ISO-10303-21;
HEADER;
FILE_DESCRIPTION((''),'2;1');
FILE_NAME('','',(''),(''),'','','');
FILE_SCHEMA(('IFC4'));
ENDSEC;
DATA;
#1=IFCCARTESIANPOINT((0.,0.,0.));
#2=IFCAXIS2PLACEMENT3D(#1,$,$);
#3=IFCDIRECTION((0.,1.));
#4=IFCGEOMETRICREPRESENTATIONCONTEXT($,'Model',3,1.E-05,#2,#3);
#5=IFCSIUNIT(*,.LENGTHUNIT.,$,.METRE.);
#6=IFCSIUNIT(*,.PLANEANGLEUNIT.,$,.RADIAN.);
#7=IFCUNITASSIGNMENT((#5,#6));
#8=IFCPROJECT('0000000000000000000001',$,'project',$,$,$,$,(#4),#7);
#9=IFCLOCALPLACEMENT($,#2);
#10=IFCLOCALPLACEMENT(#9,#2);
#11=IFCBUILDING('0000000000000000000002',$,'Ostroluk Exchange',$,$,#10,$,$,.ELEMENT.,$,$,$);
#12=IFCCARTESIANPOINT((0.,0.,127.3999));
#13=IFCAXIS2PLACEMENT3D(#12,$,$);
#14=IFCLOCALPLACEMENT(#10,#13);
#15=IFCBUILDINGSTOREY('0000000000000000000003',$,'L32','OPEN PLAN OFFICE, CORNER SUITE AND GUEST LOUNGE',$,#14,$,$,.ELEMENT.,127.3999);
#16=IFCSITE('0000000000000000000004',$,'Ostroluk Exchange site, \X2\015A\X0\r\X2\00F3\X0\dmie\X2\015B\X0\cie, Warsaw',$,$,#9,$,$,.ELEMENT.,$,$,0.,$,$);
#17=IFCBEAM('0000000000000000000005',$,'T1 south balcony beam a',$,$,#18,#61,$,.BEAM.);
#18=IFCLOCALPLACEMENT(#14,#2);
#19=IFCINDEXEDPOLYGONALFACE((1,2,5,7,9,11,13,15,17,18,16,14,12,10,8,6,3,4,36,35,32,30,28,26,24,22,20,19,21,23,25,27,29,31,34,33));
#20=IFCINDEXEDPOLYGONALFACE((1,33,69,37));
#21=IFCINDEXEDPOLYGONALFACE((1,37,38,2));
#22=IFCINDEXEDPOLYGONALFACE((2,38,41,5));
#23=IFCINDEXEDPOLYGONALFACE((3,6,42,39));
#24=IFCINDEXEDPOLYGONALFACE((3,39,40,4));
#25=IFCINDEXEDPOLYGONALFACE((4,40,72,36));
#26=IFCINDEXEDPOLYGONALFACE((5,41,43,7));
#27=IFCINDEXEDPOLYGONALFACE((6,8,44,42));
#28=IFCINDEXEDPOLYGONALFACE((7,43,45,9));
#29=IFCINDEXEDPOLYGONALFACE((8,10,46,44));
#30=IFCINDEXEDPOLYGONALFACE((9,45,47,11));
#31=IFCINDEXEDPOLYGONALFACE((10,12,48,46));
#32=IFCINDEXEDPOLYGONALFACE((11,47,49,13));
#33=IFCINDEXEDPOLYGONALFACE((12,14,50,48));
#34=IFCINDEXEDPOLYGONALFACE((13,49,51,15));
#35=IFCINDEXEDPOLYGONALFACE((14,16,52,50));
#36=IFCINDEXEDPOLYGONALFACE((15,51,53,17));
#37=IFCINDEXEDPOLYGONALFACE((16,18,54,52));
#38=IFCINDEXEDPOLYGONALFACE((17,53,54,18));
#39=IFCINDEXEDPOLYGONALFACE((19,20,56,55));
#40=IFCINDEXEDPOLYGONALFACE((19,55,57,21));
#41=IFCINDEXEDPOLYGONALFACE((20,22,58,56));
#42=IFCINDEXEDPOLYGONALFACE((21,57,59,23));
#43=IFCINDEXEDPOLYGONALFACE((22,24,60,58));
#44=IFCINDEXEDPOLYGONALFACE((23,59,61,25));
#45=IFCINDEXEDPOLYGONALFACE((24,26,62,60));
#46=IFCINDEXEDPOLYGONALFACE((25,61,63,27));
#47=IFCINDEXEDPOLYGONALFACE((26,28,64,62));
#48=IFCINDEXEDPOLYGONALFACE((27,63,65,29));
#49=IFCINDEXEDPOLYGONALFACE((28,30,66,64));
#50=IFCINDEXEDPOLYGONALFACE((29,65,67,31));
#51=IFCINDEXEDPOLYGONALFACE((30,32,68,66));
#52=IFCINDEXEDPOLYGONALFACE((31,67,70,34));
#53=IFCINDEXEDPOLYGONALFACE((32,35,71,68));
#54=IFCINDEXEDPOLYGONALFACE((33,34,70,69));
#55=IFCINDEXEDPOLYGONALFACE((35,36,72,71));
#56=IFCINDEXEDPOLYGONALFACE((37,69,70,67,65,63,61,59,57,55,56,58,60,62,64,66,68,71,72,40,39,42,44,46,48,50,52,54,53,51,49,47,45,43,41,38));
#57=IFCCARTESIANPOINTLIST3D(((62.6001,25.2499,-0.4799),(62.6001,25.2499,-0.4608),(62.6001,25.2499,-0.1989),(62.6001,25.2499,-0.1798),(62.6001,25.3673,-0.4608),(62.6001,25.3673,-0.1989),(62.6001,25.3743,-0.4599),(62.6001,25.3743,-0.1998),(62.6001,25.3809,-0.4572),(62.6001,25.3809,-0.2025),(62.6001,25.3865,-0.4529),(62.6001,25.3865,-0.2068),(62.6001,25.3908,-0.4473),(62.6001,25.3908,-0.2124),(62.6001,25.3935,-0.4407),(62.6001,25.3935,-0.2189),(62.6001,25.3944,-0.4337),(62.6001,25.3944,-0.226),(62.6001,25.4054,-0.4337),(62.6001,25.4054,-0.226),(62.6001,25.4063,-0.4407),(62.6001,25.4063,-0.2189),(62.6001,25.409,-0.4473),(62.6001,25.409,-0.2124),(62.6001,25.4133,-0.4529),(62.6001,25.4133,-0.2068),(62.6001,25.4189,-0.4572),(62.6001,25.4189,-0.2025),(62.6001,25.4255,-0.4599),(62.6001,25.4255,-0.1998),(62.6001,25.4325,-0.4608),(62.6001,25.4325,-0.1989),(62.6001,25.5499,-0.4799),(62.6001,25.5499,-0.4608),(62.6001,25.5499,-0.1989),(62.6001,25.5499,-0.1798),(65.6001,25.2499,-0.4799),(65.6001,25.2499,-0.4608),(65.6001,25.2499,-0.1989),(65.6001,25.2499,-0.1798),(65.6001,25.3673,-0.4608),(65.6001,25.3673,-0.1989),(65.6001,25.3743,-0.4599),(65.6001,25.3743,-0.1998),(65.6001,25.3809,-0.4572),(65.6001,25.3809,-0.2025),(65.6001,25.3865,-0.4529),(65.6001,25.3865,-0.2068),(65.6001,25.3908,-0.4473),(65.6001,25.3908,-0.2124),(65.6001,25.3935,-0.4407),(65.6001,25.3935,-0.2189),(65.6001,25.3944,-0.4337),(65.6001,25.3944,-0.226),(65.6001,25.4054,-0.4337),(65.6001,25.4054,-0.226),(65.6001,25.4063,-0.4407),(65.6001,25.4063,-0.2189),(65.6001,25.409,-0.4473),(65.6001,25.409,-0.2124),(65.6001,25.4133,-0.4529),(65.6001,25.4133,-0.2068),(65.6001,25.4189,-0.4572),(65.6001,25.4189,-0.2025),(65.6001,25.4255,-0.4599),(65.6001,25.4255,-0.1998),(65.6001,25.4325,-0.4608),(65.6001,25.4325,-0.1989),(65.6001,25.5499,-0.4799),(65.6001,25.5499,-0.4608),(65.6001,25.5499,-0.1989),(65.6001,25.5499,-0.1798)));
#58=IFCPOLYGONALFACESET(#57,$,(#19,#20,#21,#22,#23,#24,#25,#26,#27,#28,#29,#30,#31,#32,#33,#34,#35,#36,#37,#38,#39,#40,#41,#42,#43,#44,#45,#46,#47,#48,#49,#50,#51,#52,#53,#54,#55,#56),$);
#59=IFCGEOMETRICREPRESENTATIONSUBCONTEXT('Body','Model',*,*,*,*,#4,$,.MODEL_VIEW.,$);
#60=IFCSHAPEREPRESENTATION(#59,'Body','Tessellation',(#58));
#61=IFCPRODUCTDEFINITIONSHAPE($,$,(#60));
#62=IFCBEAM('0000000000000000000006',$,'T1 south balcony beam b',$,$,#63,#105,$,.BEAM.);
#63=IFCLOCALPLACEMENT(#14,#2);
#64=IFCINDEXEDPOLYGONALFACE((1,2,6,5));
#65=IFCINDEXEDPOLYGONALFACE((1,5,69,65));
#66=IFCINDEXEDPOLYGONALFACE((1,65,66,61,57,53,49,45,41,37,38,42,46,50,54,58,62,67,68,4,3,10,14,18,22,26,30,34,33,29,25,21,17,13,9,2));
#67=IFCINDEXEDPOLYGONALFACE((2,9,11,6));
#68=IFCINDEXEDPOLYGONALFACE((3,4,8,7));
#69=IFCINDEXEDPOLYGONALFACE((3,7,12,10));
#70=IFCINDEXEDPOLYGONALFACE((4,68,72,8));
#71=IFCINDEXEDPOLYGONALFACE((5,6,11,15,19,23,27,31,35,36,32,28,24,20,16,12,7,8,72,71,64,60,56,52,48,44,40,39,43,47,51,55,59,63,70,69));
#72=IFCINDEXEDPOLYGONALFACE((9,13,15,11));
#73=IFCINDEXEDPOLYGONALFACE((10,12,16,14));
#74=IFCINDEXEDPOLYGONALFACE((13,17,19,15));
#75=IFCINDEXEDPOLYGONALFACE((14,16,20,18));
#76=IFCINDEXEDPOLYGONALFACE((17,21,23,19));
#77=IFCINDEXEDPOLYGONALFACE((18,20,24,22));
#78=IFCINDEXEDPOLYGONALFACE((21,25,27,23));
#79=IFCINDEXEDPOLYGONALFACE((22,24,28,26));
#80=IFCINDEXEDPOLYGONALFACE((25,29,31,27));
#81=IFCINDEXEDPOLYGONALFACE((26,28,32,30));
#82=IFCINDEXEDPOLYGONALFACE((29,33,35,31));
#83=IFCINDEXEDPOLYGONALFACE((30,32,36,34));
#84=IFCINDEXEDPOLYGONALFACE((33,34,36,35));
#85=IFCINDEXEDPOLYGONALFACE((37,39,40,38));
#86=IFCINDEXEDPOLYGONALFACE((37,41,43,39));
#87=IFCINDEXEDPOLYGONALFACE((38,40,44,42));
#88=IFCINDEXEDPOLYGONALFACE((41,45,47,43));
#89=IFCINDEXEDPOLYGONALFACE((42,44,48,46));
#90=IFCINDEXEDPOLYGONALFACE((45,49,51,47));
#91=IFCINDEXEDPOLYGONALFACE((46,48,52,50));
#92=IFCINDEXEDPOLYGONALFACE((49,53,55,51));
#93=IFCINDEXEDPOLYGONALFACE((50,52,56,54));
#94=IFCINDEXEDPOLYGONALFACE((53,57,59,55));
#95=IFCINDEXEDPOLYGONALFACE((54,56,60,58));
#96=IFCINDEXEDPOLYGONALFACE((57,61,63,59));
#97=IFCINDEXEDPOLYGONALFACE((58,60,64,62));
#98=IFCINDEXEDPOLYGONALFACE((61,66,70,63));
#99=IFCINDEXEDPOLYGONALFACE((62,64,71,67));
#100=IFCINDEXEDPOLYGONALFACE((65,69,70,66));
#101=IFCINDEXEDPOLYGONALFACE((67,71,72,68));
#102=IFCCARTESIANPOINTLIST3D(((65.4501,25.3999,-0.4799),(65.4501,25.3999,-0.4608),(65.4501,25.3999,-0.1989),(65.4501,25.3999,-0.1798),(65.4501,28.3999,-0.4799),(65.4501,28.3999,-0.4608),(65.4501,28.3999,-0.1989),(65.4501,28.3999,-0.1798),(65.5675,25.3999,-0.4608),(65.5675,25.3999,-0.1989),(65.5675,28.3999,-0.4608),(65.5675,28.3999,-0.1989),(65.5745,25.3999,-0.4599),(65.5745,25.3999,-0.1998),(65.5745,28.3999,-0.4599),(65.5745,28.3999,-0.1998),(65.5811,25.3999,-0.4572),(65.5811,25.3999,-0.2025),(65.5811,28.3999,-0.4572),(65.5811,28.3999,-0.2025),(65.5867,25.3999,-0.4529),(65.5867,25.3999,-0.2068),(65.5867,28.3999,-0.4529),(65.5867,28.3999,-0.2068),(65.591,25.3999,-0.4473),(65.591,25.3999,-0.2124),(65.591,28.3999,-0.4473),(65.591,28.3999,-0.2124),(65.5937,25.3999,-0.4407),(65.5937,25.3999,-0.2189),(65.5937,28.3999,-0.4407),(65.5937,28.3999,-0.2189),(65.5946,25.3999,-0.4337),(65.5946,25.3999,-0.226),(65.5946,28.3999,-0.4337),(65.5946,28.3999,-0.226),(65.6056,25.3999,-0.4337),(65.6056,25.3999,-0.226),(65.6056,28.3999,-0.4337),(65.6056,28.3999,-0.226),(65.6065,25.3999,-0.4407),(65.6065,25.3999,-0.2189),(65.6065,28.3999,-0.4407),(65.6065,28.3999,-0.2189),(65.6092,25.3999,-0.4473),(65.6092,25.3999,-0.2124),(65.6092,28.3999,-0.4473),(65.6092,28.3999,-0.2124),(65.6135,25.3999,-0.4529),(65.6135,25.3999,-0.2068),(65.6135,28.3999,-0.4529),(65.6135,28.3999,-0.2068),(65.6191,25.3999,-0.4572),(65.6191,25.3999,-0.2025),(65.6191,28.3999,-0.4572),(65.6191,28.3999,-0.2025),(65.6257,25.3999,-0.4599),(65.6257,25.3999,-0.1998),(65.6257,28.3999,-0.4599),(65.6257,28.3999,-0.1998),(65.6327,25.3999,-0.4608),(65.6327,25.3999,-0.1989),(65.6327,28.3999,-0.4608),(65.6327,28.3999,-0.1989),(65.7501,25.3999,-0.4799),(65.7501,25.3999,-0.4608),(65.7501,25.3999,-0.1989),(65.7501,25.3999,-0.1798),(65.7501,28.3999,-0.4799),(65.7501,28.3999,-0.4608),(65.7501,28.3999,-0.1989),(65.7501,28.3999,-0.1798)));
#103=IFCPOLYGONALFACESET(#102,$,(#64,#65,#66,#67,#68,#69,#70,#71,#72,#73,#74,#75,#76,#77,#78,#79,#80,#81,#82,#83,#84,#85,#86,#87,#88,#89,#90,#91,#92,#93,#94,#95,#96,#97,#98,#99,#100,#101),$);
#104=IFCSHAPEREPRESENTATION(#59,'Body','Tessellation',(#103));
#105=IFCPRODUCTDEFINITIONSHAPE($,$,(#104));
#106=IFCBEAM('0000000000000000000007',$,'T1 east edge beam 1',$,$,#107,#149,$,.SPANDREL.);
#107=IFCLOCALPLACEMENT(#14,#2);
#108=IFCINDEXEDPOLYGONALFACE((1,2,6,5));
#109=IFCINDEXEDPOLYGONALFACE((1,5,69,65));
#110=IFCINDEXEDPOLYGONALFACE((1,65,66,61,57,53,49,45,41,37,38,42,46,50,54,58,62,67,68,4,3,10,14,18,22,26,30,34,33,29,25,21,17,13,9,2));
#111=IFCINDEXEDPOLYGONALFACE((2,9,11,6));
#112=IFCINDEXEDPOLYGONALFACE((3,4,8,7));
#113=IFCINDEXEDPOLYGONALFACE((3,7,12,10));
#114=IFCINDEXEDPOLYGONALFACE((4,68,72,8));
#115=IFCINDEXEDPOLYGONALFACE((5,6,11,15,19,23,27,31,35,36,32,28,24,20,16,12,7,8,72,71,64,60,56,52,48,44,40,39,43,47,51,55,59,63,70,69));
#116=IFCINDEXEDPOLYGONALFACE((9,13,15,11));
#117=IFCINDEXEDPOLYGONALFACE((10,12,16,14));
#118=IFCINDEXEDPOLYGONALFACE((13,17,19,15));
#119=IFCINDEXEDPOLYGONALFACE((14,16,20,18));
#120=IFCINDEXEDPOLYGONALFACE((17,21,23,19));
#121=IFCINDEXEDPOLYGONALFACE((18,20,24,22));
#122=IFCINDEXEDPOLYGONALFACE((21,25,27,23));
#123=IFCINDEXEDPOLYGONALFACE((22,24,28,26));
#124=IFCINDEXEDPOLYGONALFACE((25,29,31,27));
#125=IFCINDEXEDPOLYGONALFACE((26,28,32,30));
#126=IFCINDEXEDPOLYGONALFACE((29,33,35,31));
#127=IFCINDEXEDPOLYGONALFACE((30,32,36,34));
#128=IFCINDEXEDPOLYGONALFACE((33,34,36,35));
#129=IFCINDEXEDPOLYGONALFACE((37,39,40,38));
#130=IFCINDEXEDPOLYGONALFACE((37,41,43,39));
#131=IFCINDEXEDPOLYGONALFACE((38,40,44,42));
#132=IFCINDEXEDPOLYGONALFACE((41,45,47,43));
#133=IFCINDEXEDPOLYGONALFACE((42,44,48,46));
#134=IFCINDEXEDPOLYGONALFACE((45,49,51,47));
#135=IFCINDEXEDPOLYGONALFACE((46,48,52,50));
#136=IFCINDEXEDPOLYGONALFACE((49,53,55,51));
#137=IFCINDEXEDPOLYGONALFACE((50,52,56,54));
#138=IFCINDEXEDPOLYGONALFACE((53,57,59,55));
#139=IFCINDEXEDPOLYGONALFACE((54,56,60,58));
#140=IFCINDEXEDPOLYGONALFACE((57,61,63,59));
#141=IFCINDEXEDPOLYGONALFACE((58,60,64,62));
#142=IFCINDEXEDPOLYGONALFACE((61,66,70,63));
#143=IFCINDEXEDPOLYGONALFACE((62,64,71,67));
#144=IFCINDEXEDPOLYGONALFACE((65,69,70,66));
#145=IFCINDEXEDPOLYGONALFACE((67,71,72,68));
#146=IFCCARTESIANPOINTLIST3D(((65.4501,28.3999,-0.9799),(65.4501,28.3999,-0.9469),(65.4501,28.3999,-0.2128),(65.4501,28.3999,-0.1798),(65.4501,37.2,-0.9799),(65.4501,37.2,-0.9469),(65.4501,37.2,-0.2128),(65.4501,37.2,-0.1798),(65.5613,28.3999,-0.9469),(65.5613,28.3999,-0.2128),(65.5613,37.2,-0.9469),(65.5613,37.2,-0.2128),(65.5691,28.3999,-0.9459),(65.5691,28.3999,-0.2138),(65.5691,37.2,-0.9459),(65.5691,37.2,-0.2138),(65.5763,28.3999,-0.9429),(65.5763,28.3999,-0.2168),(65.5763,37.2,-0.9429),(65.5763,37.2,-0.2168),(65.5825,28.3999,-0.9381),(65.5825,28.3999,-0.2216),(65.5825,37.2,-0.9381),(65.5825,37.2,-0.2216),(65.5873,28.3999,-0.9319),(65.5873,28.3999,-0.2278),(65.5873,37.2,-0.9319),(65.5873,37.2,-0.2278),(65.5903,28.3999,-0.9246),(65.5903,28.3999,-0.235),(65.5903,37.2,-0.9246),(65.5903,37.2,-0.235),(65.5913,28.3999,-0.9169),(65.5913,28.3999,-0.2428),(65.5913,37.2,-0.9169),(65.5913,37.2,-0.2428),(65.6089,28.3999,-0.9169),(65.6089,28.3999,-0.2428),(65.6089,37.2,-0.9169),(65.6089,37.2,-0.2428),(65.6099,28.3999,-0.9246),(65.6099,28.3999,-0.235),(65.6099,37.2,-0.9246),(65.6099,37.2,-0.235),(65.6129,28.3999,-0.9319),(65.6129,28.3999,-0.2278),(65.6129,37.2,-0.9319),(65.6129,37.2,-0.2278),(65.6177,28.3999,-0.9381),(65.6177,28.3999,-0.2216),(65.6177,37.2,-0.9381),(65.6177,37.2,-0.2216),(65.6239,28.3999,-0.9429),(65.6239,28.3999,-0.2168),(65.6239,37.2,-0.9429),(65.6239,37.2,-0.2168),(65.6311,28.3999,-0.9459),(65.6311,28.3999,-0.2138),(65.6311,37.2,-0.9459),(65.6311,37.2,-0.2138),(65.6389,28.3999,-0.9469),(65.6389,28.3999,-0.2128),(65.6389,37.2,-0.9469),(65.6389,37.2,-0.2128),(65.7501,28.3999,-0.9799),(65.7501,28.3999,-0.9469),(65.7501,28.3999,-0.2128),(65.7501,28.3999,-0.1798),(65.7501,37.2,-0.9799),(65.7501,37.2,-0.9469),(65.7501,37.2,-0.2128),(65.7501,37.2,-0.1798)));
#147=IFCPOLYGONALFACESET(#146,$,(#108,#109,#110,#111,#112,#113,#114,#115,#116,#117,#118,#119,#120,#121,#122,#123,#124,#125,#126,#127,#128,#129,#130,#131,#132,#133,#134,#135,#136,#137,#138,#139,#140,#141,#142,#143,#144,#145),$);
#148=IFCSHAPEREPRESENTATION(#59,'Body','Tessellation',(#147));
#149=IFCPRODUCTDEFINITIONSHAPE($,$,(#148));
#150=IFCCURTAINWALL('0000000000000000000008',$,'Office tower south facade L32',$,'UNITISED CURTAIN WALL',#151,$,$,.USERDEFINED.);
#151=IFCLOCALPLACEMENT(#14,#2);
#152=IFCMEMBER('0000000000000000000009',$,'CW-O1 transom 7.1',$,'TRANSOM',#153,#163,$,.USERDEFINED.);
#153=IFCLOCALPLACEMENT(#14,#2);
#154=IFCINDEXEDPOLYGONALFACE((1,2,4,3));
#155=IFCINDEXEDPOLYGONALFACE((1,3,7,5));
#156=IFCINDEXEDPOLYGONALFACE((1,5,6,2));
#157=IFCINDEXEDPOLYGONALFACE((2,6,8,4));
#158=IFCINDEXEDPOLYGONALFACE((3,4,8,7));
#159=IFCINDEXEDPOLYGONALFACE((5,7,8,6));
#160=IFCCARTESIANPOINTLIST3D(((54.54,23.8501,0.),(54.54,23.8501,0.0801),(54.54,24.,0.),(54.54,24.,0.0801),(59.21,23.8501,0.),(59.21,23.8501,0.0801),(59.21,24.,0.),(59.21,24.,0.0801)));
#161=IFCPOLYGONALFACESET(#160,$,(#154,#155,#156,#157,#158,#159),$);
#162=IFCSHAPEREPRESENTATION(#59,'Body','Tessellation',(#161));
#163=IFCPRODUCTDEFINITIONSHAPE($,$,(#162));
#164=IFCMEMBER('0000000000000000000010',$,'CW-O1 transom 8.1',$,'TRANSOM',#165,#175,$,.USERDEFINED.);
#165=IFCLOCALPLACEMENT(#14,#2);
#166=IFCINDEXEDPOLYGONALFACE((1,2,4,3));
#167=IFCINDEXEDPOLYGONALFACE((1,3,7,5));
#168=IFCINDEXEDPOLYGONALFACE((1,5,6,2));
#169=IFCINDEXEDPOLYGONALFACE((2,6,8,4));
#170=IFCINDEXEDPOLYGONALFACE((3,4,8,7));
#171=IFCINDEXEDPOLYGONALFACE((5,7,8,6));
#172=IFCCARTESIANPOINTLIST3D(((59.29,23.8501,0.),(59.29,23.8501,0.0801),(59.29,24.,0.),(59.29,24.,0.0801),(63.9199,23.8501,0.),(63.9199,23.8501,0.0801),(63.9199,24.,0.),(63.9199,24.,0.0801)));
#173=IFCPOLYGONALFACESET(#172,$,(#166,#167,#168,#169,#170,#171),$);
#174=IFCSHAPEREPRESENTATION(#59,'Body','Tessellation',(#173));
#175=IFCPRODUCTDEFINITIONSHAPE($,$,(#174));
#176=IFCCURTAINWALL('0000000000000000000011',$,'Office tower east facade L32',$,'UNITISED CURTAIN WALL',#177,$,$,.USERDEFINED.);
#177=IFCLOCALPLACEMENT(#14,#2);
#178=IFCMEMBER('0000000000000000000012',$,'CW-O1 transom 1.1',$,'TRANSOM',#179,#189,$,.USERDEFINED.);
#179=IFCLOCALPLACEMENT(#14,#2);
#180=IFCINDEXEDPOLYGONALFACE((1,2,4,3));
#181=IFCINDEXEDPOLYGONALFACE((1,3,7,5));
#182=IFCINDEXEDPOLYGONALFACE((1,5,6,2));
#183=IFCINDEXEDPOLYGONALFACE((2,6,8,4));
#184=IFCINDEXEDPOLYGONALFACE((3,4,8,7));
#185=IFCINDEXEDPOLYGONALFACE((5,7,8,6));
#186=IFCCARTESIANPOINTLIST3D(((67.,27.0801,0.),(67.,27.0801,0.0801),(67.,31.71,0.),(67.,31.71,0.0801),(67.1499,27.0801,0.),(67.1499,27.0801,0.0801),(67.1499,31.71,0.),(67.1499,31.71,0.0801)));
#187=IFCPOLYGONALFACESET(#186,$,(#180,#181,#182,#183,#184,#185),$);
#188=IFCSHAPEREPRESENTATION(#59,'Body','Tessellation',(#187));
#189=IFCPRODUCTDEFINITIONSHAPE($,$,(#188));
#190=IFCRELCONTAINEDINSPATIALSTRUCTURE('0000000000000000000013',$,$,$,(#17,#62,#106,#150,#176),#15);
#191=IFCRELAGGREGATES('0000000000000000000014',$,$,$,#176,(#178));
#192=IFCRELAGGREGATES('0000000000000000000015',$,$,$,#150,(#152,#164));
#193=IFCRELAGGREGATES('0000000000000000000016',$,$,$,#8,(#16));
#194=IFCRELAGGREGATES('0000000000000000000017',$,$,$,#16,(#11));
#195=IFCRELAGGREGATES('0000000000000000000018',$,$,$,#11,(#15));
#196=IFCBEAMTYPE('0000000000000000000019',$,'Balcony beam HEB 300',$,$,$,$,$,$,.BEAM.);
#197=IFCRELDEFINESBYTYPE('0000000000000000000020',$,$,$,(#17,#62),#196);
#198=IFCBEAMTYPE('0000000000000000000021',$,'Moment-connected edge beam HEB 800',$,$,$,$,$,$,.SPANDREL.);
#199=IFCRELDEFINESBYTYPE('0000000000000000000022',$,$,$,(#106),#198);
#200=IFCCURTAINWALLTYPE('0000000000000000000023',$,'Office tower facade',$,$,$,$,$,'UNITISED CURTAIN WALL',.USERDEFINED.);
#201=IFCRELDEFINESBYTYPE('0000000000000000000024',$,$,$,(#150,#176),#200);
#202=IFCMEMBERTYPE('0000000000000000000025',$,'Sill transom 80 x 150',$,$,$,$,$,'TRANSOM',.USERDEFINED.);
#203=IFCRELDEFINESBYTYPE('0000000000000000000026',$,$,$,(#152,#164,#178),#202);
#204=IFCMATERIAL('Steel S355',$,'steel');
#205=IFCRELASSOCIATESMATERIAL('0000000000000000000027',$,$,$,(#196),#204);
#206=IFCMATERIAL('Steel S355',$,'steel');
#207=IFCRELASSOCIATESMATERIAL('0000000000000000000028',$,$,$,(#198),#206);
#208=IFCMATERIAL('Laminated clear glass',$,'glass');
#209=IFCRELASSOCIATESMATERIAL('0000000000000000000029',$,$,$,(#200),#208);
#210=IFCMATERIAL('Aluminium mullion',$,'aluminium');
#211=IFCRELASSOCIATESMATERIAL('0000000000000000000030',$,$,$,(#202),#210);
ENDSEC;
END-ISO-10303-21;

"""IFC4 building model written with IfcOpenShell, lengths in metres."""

from ifc_helpers import new_model, si_unit, direction, frame, origin, origin_2d, place, context, subcontext, project, spatial, rectangle, i_section, extrude, material, material_profile, profile_set, type_object, element, aggregate, save


model = new_model("IFC4")

# Units and contexts
model_context = context("Model", 3, precision=1e-05, world=origin(), true_north=direction((0.0, 1.0)))
body_context = subcontext(model_context, "Body", "Model", "MODEL_VIEW")
ifc_project = project(units=[si_unit("LENGTHUNIT", "METRE"), si_unit("PLANEANGLEUNIT", "RADIAN")], contexts=[model_context])

# Site, building, storey
site_placement = place(None, origin())
site = spatial("IfcSite", under=ifc_project, at=site_placement, Name="Ostroluk Exchange site, Śródmieście, Warsaw", CompositionType="ELEMENT", RefElevation=0.0)
building_placement = place(site_placement, origin())
building = spatial("IfcBuilding", under=site, at=building_placement, Name="Ostroluk Exchange", CompositionType="ELEMENT")
storey_placement = place(building_placement, frame((0.0, 0.0, 127.3999)))
storey = spatial("IfcBuildingStorey", under=building, at=storey_placement, Name="L32", Description="OPEN PLAN OFFICE, CORNER SUITE AND GUEST LOUNGE", CompositionType="ELEMENT", Elevation=127.3999)

# Beams
ifc_material_1 = material(Name="Steel S355", Category="steel")
ifc_material_profile_1 = material_profile(ifc_material_1, i_section(OverallWidth=0.3, OverallDepth=0.3, WebThickness=0.011, FlangeThickness=0.019, FilletRadius=0.0271, at=origin_2d()), Name="HEB 300")
ifc_profile_set_1 = profile_set([ifc_material_profile_1], Name="Steel S355")
beam_type_1 = type_object("IfcBeamType", Name="Balcony beam HEB 300", PredefinedType="BEAM", material=ifc_profile_set_1)
for number, where, z_axis, x_axis, name in (
    (1, (62.6001, 25.3999, -0.3298), (1.0, 0.0, 0.0), (0.0, 1.0, 0.0), "T1 south balcony beam a"),
    (2, (65.6001, 28.3999, -0.3298), (0.0, -1.0, 0.0), (1.0, 0.0, 0.0), "T1 south balcony beam b"),
):
    element("IfcBeam", number, at=place(storey_placement, frame(where, z_axis=z_axis, x_axis=x_axis)), inside=storey, type_object=beam_type_1, Name=name, PredefinedType="BEAM", context=body_context, shape_type="SweptSolid", body=[
        extrude(i_section(OverallWidth=0.3, OverallDepth=0.3, WebThickness=0.011, FlangeThickness=0.019, FilletRadius=0.0271, at=origin_2d()), origin(), (0.0, 0.0, 1.0), 3.0),
    ])
ifc_material_2 = material(Name="Steel S355", Category="steel")
ifc_material_profile_2 = material_profile(ifc_material_2, i_section(OverallWidth=0.3, OverallDepth=0.8, WebThickness=0.0176, FlangeThickness=0.033, FilletRadius=0.03, at=origin_2d()), Name="HEB 800")
ifc_profile_set_2 = profile_set([ifc_material_profile_2], Name="Steel S355")
beam_type_2 = type_object("IfcBeamType", Name="Moment-connected edge beam HEB 800", PredefinedType="SPANDREL", material=ifc_profile_set_2)
beam_placement = place(storey_placement, frame((65.6001, 28.3999, -0.5798), z_axis=(0.0, 1.0, 0.0), x_axis=(-1.0, 0.0, 0.0)))
element("IfcBeam", 3, at=beam_placement, inside=storey, type_object=beam_type_2, Name="T1 east edge beam 1", PredefinedType="SPANDREL", context=body_context, shape_type="SweptSolid", body=[
    extrude(i_section(OverallWidth=0.3, OverallDepth=0.8, WebThickness=0.0176, FlangeThickness=0.033, FilletRadius=0.03, at=origin_2d()), origin(), (0.0, 0.0, 1.0), 8.8),
])

# Curtain wall, members
ifc_material_3 = material(Name="Laminated clear glass", Category="glass")
curtain_wall_type = type_object("IfcCurtainWallType", Name="Office tower facade", ElementType="UNITISED CURTAIN WALL", PredefinedType="USERDEFINED", material=ifc_material_3)
curtain_wall_1_placement = place(storey_placement, origin())
curtain_wall_1 = element("IfcCurtainWall", 4, at=curtain_wall_1_placement, inside=storey, type_object=curtain_wall_type, Name="Office tower south facade L32", ObjectType="UNITISED CURTAIN WALL", PredefinedType="USERDEFINED")
ifc_material_4 = material(Name="Aluminium mullion", Category="aluminium")
ifc_material_profile_3 = material_profile(ifc_material_4, rectangle(XDim=0.1499, YDim=0.0801, at=origin_2d()), Name="Sill transom 80 x 150")
ifc_profile_set_3 = profile_set([ifc_material_profile_3], Name="Aluminium mullion")
member_type_1 = type_object("IfcMemberType", Name="Sill transom 80 x 150", ElementType="TRANSOM", PredefinedType="USERDEFINED", material=ifc_profile_set_3)
member_1_placement = place(storey_placement, frame((54.54, 23.925, 0.04), z_axis=(1.0, 0.0, 0.0), x_axis=(0.0, 1.0, 0.0)))
member_1 = element("IfcMember", 5, at=member_1_placement, type_object=member_type_1, Name="CW-O1 transom 7.1", ObjectType="TRANSOM", PredefinedType="USERDEFINED", context=body_context, shape_type="SweptSolid", body=[
    extrude(rectangle(XDim=0.1499, YDim=0.0801, at=origin_2d()), origin(), (0.0, 0.0, 1.0), 4.6699),
])
member_2_placement = place(storey_placement, frame((59.29, 23.925, 0.04), z_axis=(1.0, 0.0, 0.0), x_axis=(0.0, 1.0, 0.0)))
member_2 = element("IfcMember", 6, at=member_2_placement, type_object=member_type_1, Name="CW-O1 transom 8.1", ObjectType="TRANSOM", PredefinedType="USERDEFINED", context=body_context, shape_type="SweptSolid", body=[
    extrude(rectangle(XDim=0.1499, YDim=0.0801, at=origin_2d()), origin(), (0.0, 0.0, 1.0), 4.6299),
])

# Curtain wall, member
curtain_wall_2_placement = place(storey_placement, origin())
curtain_wall_2 = element("IfcCurtainWall", 7, at=curtain_wall_2_placement, inside=storey, type_object=curtain_wall_type, Name="Office tower east facade L32", ObjectType="UNITISED CURTAIN WALL", PredefinedType="USERDEFINED")
member_3_placement = place(storey_placement, frame((67.075, 27.0801, 0.04), z_axis=(0.0, 1.0, 0.0), x_axis=(-1.0, 0.0, 0.0)))
member_3 = element("IfcMember", 8, at=member_3_placement, type_object=member_type_1, Name="CW-O1 transom 1.1", ObjectType="TRANSOM", PredefinedType="USERDEFINED", context=body_context, shape_type="SweptSolid", body=[
    extrude(rectangle(XDim=0.1499, YDim=0.0801, at=origin_2d()), origin(), (0.0, 0.0, 1.0), 4.6299),
])
aggregate(curtain_wall_2, [member_3])

aggregate(curtain_wall_1, [member_1, member_2])

save(model, "model.ifc")
